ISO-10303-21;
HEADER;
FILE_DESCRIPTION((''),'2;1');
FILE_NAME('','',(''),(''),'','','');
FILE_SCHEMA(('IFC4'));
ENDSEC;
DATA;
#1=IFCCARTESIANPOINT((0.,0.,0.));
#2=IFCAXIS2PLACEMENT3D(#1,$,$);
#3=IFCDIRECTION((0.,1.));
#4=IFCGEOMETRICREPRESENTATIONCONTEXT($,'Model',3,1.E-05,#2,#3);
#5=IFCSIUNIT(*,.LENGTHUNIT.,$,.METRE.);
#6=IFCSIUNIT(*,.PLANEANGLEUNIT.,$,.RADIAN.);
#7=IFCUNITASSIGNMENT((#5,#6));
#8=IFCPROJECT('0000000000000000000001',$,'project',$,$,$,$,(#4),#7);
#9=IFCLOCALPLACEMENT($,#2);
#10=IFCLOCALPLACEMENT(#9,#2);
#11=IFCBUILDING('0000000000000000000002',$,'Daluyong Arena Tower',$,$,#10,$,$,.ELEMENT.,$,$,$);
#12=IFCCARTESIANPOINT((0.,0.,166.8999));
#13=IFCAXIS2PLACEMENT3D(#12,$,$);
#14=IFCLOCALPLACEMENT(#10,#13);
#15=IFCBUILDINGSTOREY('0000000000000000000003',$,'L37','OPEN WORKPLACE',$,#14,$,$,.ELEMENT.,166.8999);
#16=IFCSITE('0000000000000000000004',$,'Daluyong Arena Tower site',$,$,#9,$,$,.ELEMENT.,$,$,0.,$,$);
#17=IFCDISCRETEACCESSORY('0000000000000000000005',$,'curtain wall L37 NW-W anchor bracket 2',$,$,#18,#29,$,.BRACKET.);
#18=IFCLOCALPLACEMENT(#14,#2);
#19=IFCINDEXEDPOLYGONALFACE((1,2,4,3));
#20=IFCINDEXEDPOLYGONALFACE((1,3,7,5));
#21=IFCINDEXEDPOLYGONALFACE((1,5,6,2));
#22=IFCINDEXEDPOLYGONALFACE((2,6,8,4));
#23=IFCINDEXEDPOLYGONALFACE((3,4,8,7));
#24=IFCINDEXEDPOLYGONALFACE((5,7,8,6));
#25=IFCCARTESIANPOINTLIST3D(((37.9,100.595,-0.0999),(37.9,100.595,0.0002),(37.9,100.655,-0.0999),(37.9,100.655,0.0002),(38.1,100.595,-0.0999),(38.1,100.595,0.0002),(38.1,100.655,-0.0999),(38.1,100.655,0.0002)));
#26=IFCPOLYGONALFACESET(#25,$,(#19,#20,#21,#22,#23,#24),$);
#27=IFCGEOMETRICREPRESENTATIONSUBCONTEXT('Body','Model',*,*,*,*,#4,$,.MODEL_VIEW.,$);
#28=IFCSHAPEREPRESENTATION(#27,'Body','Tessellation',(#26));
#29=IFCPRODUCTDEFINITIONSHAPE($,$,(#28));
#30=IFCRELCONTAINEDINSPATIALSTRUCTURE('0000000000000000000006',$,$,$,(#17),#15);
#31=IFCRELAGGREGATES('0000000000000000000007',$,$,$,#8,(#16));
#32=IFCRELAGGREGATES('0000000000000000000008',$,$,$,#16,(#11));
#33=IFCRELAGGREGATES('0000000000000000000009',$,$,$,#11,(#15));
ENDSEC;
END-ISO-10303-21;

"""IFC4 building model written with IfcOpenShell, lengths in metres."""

from ifc_helpers import new_model, si_unit, direction, frame, origin, origin_2d, place, context, subcontext, project, spatial, rectangle, extrude, element, save


model = new_model("IFC4")

# Units and contexts
model_context = context("Model", 3, precision=1e-05, world=origin(), true_north=direction((0.0, 1.0)))
body_context = subcontext(model_context, "Body", "Model", "MODEL_VIEW")
ifc_project = project(units=[si_unit("LENGTHUNIT", "METRE"), si_unit("PLANEANGLEUNIT", "RADIAN")], contexts=[model_context])

# Site, building, storey
site_placement = place(None, origin())
site = spatial("IfcSite", under=ifc_project, at=site_placement, Name="Daluyong Arena Tower site", CompositionType="ELEMENT", RefElevation=0.0)
building_placement = place(site_placement, origin())
building = spatial("IfcBuilding", under=site, at=building_placement, Name="Daluyong Arena Tower", CompositionType="ELEMENT")
storey_placement = place(building_placement, frame((0.0, 0.0, 166.8999)))
storey = spatial("IfcBuildingStorey", under=building, at=storey_placement, Name="L37", Description="OPEN WORKPLACE", CompositionType="ELEMENT", Elevation=166.8999)

# Discrete accessory
discrete_accessory_1_placement = place(storey_placement, frame((38.0, 100.625, -0.0999), z_axis=(0.0, 0.0, 1.0), x_axis=(0.0, -1.0, 0.0)))
element("IfcDiscreteAccessory", 1, at=discrete_accessory_1_placement, inside=storey, Name="curtain wall L37 NW-W anchor bracket 2", PredefinedType="BRACKET", context=body_context, shape_type="SweptSolid", body=[
    extrude(rectangle(XDim=0.0601, YDim=0.2, at=origin_2d()), origin(), (0.0, 0.0, 1.0), 0.1001),
])

save(model, "model.ifc")
